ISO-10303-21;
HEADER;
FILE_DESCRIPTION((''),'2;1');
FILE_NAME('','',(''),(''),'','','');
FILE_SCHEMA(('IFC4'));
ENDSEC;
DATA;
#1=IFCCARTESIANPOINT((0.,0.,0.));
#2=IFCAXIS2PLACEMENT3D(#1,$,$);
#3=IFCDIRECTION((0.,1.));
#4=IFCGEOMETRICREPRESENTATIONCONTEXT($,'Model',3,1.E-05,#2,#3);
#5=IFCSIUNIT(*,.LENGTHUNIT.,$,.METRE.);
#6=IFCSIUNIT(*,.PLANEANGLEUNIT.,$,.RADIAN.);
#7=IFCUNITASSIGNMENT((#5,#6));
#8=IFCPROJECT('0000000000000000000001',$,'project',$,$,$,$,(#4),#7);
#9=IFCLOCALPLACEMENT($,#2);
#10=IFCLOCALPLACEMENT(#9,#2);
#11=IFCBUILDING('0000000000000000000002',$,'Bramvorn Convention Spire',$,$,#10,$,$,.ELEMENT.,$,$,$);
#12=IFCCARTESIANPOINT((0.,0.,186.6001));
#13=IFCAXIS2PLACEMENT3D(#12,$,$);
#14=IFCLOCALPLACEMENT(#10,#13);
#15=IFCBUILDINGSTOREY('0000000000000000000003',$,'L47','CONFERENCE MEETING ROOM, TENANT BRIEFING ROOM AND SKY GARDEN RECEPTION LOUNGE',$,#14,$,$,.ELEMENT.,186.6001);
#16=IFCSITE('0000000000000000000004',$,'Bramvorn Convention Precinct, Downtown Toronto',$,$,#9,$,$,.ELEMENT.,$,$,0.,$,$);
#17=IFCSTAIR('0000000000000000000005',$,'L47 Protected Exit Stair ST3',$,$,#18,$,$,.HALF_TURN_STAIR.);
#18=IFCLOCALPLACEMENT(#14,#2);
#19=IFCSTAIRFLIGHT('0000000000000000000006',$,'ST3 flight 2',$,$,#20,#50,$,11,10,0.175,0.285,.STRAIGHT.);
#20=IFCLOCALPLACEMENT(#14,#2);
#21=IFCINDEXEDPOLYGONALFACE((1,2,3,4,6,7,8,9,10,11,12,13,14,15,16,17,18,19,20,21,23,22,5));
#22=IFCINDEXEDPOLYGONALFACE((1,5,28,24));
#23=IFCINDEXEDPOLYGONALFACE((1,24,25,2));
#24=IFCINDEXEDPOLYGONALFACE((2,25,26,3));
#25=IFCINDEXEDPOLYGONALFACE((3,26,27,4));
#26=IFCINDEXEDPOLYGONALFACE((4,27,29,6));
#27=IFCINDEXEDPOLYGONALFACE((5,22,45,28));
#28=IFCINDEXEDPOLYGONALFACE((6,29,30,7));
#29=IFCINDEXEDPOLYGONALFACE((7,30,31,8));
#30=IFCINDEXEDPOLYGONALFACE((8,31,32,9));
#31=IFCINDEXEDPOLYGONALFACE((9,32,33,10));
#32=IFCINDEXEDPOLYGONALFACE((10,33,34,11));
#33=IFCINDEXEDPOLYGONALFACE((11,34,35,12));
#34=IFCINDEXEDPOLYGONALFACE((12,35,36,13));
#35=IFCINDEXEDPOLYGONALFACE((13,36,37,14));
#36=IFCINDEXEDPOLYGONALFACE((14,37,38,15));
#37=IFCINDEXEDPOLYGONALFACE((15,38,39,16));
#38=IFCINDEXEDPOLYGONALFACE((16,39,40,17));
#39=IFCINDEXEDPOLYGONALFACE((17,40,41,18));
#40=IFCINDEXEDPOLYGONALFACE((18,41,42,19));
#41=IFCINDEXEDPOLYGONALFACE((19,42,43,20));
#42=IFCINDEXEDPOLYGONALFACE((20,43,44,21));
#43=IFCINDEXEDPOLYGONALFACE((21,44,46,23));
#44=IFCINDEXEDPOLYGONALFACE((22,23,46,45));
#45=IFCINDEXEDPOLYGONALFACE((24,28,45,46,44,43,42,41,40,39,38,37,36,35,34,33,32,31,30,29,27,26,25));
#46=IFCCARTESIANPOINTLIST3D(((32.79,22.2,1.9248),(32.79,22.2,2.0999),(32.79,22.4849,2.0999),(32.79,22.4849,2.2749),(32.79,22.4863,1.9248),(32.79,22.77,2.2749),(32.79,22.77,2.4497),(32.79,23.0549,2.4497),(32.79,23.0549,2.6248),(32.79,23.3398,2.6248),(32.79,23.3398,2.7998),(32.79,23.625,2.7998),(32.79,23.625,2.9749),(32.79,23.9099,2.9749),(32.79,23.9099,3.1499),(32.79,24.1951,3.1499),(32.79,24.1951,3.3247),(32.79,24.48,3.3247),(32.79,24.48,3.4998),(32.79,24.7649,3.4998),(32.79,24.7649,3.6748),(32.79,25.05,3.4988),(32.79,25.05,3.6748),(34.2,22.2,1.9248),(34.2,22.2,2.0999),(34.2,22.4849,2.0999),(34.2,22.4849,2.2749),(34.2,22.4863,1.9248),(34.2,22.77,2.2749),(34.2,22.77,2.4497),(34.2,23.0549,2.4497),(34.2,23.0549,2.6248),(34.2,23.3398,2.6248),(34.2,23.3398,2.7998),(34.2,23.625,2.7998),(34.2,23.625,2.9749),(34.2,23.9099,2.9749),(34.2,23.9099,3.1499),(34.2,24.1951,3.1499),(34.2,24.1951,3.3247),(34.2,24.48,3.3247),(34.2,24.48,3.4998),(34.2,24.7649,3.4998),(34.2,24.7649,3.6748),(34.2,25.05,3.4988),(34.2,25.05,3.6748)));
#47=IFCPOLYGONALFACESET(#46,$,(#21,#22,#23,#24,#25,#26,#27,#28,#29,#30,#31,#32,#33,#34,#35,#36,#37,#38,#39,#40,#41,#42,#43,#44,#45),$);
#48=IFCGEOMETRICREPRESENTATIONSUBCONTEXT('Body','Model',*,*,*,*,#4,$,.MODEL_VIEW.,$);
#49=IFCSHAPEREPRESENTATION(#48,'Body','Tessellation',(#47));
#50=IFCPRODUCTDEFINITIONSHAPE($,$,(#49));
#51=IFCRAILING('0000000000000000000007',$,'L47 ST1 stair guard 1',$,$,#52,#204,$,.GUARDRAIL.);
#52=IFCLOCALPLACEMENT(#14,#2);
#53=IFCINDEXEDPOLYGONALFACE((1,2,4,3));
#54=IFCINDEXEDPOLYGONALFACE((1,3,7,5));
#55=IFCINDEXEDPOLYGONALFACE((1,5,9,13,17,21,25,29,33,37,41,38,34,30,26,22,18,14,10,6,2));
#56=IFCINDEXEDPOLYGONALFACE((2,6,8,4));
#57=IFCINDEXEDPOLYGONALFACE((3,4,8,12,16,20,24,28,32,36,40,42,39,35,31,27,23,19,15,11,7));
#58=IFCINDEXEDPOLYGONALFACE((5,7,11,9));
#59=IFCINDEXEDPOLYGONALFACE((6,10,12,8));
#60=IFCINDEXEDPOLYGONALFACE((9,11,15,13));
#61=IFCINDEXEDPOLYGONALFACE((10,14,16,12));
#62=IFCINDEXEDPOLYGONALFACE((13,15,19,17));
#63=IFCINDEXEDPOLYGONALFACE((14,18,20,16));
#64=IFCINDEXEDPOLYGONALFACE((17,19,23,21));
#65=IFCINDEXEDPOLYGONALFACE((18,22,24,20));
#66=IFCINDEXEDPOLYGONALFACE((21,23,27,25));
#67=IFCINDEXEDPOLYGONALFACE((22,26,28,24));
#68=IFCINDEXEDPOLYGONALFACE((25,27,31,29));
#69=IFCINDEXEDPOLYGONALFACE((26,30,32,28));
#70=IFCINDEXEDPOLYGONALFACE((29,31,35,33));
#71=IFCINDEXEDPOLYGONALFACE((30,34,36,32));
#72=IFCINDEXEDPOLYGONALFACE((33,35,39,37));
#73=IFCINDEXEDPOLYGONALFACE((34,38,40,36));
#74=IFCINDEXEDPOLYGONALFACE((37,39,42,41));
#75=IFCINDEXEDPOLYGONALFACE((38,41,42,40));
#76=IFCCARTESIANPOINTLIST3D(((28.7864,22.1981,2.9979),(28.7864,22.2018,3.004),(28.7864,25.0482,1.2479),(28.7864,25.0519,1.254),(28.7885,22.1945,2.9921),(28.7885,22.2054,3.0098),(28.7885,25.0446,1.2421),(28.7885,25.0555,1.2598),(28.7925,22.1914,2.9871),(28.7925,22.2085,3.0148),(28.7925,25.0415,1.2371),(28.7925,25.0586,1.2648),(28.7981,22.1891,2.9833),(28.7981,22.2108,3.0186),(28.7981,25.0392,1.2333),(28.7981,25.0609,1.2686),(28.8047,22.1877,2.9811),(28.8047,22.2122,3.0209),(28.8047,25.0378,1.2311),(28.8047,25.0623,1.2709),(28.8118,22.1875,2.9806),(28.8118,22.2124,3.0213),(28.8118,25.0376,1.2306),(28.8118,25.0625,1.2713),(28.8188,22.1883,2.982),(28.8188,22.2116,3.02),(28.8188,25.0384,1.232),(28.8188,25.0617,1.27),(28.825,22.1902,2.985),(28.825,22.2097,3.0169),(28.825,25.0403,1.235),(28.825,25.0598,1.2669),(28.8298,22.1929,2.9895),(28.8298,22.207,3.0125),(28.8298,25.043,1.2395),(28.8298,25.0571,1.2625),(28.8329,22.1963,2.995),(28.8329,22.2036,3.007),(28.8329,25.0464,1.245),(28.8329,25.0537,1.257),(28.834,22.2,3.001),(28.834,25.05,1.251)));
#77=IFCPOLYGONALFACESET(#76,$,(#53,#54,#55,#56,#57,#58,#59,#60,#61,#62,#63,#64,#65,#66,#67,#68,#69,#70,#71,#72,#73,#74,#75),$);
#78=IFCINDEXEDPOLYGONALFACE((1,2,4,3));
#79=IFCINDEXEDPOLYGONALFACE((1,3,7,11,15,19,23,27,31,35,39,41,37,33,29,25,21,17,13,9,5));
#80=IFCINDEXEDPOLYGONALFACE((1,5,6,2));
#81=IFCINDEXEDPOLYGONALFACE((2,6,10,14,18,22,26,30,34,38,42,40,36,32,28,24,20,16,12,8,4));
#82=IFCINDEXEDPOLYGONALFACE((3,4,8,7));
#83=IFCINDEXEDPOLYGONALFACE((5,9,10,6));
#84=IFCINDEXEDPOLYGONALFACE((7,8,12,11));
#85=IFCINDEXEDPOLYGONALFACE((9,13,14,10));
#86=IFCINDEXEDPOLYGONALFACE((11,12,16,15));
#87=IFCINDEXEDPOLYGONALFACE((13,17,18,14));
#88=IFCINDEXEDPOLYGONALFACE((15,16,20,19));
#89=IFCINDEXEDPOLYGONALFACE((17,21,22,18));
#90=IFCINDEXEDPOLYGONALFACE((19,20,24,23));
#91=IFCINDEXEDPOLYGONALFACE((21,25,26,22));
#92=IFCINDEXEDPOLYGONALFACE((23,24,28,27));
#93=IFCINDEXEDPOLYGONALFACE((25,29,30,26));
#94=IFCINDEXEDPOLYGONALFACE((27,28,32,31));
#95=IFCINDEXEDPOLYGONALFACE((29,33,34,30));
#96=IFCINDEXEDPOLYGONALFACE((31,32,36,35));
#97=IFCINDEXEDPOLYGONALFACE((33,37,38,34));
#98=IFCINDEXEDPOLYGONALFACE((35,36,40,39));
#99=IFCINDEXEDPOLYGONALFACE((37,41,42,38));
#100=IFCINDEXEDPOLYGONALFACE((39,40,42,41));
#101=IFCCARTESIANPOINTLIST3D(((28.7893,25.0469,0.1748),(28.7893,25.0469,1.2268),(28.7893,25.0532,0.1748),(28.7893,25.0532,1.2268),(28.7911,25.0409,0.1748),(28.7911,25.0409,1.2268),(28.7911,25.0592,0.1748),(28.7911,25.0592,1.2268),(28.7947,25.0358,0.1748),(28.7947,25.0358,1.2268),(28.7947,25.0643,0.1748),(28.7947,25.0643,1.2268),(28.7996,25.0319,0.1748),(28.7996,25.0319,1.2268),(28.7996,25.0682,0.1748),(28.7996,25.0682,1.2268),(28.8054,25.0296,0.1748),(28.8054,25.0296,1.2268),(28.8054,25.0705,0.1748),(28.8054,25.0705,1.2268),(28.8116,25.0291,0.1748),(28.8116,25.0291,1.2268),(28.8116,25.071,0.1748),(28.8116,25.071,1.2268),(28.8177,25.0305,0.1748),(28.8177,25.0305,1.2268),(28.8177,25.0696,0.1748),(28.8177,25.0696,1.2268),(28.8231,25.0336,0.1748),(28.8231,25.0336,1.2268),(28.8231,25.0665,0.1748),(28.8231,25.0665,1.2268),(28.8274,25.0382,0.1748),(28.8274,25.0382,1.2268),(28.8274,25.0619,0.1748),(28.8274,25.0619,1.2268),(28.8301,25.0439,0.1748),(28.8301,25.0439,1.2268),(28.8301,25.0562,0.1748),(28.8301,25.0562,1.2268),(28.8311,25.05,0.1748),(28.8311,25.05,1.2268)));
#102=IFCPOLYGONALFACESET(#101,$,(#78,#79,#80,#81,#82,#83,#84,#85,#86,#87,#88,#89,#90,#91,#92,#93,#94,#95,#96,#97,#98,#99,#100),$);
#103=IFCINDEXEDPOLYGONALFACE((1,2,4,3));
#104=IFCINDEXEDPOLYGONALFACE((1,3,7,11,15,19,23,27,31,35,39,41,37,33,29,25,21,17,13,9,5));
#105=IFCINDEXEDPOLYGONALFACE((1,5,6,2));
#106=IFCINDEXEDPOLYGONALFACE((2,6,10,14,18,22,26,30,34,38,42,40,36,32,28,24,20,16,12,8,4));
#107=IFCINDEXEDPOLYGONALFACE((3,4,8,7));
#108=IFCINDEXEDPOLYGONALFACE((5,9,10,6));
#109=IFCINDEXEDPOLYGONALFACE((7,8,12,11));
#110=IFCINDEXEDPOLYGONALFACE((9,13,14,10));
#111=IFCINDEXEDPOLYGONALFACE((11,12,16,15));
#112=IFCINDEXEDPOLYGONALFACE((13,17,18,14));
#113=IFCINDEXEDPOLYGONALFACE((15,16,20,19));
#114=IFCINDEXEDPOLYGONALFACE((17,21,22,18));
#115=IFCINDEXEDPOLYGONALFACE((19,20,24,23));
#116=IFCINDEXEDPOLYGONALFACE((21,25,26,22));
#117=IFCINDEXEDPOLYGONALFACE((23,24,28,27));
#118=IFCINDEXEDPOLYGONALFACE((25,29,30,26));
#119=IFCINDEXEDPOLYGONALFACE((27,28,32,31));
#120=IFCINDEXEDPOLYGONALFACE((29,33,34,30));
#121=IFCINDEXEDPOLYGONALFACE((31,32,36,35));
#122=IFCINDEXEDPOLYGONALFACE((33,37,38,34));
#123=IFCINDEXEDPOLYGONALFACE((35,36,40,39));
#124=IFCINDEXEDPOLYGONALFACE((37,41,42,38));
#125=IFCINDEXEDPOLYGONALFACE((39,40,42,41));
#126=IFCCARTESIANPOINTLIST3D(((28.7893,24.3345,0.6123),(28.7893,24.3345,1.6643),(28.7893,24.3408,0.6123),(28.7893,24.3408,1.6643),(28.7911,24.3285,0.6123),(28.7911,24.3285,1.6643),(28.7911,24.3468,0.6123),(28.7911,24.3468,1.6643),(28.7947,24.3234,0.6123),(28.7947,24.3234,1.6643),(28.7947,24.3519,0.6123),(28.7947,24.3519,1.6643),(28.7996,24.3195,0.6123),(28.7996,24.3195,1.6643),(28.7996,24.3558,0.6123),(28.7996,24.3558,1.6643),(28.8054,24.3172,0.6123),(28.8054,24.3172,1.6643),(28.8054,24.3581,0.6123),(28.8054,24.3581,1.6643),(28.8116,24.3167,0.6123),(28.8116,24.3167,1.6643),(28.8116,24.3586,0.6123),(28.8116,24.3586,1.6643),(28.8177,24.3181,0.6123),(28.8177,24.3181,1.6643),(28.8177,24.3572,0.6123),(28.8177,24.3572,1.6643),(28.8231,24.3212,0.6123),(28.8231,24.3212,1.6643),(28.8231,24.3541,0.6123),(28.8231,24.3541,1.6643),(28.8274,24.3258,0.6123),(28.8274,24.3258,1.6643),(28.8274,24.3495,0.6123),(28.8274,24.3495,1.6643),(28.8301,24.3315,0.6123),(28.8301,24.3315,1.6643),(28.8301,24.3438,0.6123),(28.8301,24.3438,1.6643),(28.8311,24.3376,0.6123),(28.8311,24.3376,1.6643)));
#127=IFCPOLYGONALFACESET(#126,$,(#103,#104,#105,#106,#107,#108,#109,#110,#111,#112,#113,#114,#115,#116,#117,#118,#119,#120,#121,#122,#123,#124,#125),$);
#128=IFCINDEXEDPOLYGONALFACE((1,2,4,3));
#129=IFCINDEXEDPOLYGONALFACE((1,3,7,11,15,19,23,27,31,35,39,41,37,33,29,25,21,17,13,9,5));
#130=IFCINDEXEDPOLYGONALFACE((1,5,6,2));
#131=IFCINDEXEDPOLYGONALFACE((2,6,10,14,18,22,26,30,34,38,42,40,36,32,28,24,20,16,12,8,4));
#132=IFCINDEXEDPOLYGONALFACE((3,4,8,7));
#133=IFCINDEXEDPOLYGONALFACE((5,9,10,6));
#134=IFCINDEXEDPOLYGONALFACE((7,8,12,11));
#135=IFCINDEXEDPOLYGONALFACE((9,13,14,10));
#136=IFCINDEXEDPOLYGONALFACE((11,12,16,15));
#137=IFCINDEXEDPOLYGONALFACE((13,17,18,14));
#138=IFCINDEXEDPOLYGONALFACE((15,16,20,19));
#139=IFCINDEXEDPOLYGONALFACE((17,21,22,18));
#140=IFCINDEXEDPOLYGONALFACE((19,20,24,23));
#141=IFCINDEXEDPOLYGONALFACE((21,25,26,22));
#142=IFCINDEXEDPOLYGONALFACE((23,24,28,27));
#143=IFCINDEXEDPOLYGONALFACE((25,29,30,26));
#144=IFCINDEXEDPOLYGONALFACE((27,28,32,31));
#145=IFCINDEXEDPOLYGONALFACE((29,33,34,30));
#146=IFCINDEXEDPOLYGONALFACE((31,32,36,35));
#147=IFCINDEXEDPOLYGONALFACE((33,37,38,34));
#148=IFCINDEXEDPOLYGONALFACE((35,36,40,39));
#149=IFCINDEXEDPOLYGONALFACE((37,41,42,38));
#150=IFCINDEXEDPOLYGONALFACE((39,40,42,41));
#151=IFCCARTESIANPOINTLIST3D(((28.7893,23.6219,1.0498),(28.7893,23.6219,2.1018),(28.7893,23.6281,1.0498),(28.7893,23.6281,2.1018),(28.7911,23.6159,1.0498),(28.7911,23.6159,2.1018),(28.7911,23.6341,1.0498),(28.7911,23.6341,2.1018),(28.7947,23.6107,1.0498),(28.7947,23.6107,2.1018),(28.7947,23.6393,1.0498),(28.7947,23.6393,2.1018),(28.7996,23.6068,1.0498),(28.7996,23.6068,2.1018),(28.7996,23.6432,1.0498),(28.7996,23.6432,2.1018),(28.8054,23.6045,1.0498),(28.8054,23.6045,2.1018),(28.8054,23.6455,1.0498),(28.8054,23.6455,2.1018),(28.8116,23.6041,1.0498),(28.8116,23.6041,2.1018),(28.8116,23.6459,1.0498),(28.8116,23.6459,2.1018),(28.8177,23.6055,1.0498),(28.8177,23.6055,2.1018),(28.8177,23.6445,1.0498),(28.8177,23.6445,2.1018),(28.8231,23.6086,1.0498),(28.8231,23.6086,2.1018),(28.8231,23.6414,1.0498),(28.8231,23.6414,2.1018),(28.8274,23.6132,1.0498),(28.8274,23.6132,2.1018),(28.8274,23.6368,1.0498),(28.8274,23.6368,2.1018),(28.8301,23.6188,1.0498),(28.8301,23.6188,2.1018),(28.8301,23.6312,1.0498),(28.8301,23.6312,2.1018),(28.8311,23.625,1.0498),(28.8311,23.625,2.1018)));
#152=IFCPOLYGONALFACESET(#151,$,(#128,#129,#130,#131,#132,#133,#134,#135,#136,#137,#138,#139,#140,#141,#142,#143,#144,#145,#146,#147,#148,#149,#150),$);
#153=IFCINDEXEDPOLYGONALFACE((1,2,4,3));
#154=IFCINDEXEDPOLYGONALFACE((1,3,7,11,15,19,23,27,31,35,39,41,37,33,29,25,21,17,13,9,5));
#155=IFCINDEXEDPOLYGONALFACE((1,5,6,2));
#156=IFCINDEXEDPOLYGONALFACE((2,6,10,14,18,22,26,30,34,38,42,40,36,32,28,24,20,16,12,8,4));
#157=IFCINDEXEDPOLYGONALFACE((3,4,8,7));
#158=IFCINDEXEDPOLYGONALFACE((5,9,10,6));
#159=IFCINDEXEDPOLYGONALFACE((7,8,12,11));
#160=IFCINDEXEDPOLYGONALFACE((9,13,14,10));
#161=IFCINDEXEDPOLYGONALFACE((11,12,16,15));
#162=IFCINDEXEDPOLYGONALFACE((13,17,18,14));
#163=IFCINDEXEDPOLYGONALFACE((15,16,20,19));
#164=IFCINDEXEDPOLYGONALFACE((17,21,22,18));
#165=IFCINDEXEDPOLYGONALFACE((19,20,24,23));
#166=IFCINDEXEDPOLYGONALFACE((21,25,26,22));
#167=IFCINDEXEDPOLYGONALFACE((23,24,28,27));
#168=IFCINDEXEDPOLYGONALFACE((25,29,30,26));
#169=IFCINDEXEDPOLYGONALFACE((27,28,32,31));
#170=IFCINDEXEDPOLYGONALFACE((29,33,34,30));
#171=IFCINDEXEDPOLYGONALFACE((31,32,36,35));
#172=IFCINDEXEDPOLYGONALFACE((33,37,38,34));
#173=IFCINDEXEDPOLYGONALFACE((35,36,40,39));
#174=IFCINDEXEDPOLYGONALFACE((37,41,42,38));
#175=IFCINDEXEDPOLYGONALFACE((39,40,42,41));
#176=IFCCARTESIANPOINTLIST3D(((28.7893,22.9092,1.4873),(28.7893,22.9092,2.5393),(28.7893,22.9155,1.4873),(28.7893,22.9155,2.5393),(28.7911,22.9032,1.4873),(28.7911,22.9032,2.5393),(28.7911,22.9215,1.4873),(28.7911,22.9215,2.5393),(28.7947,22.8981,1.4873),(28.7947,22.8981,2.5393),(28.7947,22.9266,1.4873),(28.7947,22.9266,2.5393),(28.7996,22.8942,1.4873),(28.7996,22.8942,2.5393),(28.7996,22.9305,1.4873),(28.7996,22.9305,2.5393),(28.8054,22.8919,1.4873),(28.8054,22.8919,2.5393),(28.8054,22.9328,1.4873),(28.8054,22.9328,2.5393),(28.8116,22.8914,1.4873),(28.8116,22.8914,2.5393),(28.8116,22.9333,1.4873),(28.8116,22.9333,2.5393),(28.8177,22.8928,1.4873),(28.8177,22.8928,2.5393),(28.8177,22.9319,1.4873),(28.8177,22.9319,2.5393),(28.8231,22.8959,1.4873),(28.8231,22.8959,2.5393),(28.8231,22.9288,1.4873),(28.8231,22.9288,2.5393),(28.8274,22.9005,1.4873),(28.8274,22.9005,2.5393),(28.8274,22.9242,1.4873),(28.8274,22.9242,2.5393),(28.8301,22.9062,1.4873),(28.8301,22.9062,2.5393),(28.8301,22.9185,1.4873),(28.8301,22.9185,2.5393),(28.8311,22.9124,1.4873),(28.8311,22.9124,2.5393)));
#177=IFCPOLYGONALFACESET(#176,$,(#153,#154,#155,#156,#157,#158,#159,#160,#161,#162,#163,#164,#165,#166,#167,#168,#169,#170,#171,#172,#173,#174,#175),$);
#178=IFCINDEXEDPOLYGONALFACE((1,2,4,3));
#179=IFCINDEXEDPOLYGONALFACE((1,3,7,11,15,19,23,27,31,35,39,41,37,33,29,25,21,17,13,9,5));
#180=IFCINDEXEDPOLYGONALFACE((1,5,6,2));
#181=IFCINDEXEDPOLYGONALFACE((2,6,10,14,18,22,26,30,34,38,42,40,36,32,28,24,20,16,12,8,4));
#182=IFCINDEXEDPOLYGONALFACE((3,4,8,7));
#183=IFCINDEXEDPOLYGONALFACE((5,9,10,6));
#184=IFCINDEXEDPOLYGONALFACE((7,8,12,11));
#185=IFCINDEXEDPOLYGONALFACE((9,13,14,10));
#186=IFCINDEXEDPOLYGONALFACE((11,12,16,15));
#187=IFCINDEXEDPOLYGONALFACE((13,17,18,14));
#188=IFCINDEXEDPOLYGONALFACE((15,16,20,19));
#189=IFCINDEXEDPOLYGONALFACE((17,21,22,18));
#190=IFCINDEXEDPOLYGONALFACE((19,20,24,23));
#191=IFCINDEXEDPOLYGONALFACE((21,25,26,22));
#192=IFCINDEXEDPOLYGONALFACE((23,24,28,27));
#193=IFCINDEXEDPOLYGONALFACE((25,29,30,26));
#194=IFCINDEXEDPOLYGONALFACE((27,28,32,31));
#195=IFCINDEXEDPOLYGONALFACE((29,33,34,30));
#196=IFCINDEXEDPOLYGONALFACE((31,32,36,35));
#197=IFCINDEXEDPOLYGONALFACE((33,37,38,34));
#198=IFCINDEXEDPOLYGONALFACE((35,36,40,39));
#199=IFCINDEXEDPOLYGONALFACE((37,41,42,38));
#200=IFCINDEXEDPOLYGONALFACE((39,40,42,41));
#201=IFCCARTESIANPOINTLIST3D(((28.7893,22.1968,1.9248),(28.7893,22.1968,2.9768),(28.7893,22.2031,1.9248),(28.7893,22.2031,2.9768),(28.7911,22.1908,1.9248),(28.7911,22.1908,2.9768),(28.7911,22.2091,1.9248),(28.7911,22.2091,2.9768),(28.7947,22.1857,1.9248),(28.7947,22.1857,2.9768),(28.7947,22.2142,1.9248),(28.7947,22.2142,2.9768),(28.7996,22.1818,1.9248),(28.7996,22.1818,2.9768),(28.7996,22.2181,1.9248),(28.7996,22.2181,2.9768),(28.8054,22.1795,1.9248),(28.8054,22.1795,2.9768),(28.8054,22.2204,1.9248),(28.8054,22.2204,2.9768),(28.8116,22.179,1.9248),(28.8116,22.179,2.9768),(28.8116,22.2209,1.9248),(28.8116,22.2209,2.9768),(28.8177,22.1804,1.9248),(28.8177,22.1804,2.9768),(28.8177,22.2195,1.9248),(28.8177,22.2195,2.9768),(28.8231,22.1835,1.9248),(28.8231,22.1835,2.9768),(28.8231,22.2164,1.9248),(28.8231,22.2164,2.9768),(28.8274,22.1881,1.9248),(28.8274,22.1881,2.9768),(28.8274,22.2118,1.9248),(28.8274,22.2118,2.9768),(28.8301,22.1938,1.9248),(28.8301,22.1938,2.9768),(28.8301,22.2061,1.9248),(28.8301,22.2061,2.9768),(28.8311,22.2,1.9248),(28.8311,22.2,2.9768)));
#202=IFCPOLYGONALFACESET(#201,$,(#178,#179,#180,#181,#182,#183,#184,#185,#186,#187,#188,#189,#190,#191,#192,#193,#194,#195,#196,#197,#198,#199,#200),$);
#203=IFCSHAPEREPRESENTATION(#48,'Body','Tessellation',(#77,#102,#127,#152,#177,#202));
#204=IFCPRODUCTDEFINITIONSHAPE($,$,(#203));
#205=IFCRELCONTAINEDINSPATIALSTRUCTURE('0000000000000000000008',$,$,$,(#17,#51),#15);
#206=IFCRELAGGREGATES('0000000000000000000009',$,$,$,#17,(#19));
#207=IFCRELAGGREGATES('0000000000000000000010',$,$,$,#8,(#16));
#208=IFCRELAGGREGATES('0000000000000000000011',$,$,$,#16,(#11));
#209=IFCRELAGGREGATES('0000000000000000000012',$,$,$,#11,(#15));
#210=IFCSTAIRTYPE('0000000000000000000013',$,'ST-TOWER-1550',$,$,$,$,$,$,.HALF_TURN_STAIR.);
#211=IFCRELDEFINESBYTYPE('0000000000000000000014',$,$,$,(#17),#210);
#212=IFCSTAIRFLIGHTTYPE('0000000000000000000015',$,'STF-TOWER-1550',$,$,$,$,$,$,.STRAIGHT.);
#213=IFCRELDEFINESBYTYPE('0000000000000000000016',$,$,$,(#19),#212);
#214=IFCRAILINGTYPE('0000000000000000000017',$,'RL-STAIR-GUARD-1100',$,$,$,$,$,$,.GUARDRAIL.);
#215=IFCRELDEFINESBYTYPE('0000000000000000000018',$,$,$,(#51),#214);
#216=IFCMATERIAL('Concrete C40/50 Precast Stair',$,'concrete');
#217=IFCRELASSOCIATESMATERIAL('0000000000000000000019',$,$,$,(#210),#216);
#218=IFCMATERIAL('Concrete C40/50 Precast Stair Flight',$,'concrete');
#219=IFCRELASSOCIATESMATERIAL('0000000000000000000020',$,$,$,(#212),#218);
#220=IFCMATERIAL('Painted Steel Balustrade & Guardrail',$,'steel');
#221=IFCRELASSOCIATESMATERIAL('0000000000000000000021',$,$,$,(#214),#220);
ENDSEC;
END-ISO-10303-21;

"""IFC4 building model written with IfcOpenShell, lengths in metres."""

from ifc_helpers import new_model, si_unit, direction, frame, origin, origin_2d, place, context, subcontext, project, spatial, polyline, circle, outline, extrude, material, type_object, element, aggregate, save


model = new_model("IFC4")

# Units and contexts
model_context = context("Model", 3, precision=1e-05, world=origin(), true_north=direction((0.0, 1.0)))
body_context = subcontext(model_context, "Body", "Model", "MODEL_VIEW")
ifc_project = project(units=[si_unit("LENGTHUNIT", "METRE"), si_unit("PLANEANGLEUNIT", "RADIAN")], contexts=[model_context])

# Site, building, storey
site_placement = place(None, origin())
site = spatial("IfcSite", under=ifc_project, at=site_placement, Name="Bramvorn Convention Precinct, Downtown Toronto", CompositionType="ELEMENT", RefElevation=0.0)
building_placement = place(site_placement, origin())
building = spatial("IfcBuilding", under=site, at=building_placement, Name="Bramvorn Convention Spire", CompositionType="ELEMENT")
storey_placement = place(building_placement, frame((0.0, 0.0, 186.6001)))
storey = spatial("IfcBuildingStorey", under=building, at=storey_placement, Name="L47", Description="CONFERENCE MEETING ROOM, TENANT BRIEFING ROOM AND SKY GARDEN RECEPTION LOUNGE", CompositionType="ELEMENT", Elevation=186.6001)

# Stair, stair flight
ifc_material_1 = material(Name="Concrete C40/50 Precast Stair", Category="concrete")
stair_type = type_object("IfcStairType", Name="ST-TOWER-1550", PredefinedType="HALF_TURN_STAIR", material=ifc_material_1)
ifc_material_2 = material(Name="Concrete C40/50 Precast Stair Flight", Category="concrete")
stair_flight_type = type_object("IfcStairFlightType", Name="STF-TOWER-1550", PredefinedType="STRAIGHT", material=ifc_material_2)
stair_1_placement = place(storey_placement, origin())
stair_1 = element("IfcStair", 1, at=stair_1_placement, inside=storey, type_object=stair_type, Name="L47 Protected Exit Stair ST3", PredefinedType="HALF_TURN_STAIR")
stair_flight_1_placement = place(storey_placement, frame((33.4951, 22.2, 1.9248), z_axis=(0.0, 0.0, 1.0), x_axis=(0.0, 1.0, 0.0)))
stair_flight_1 = element("IfcStairFlight", 2, at=stair_flight_1_placement, type_object=stair_flight_type, Name="ST3 flight 2", NumberOfRisers=11, NumberOfTreads=10, PredefinedType="STRAIGHT", RiserHeight=0.175, TreadLength=0.285, context=body_context, shape_type="SweptSolid", body=[
    extrude(outline(polyline([(0.0, 0.0), (0.0, 0.175), (0.2849, 0.175), (0.2849, 0.3501), (0.5701, 0.3501), (0.5701, 0.5249), (0.855, 0.5249), (0.855, 0.7), (1.1399, 0.7), (1.1399, 0.875), (1.425, 0.875), (1.425, 1.05), (1.71, 1.05), (1.71, 1.2251), (1.9951, 1.2251), (1.9951, 1.3999), (2.28, 1.3999), (2.28, 1.575), (2.5649, 1.575), (2.5649, 1.75), (2.8501, 1.75), (2.8501, 1.925), (2.8501, 1.574), (0.2864, 0.0), (0.0, 0.0)])), frame((0.0, 0.7051, 0.0), z_axis=(0.0, -1.0, 0.0), x_axis=(1.0, 0.0, 0.0)), (0.0, 0.0, 1.0), 1.4099),
])
aggregate(stair_1, [stair_flight_1])

# Railing
ifc_material_3 = material(Name="Painted Steel Balustrade & Guardrail", Category="steel")
railing_type_1 = type_object("IfcRailingType", Name="RL-STAIR-GUARD-1100", PredefinedType="GUARDRAIL", material=ifc_material_3)
railing_1_placement = place(storey_placement, frame((28.8101, 25.05, 0.1748)))
element("IfcRailing", 3, at=railing_1_placement, inside=storey, type_object=railing_type_1, Name="L47 ST1 stair guard 1", PredefinedType="GUARDRAIL", context=body_context, shape_type="SweptSolid", body=[
    extrude(circle(Radius=0.0239, at=origin_2d()), frame((0.0, 0.0, 1.0762), z_axis=(0.0, -0.852179, 0.52325), x_axis=(1.0, 0.0, 0.0)), (0.0, 0.0, 1.0), 3.3445),
    extrude(circle(Radius=0.021, at=origin_2d()), origin(), (0.0, 0.0, 1.0), 1.052),
    extrude(circle(Radius=0.021, at=origin_2d()), frame((0.0, -0.7124, 0.4375)), (0.0, 0.0, 1.0), 1.052),
    extrude(circle(Radius=0.021, at=origin_2d()), frame((0.0, -1.425, 0.875)), (0.0, 0.0, 1.0), 1.052),
    extrude(circle(Radius=0.021, at=origin_2d()), frame((0.0, -2.1377, 1.3125)), (0.0, 0.0, 1.0), 1.052),
    extrude(circle(Radius=0.021, at=origin_2d()), frame((0.0, -2.8501, 1.75)), (0.0, 0.0, 1.0), 1.052),
])

save(model, "model.ifc")
